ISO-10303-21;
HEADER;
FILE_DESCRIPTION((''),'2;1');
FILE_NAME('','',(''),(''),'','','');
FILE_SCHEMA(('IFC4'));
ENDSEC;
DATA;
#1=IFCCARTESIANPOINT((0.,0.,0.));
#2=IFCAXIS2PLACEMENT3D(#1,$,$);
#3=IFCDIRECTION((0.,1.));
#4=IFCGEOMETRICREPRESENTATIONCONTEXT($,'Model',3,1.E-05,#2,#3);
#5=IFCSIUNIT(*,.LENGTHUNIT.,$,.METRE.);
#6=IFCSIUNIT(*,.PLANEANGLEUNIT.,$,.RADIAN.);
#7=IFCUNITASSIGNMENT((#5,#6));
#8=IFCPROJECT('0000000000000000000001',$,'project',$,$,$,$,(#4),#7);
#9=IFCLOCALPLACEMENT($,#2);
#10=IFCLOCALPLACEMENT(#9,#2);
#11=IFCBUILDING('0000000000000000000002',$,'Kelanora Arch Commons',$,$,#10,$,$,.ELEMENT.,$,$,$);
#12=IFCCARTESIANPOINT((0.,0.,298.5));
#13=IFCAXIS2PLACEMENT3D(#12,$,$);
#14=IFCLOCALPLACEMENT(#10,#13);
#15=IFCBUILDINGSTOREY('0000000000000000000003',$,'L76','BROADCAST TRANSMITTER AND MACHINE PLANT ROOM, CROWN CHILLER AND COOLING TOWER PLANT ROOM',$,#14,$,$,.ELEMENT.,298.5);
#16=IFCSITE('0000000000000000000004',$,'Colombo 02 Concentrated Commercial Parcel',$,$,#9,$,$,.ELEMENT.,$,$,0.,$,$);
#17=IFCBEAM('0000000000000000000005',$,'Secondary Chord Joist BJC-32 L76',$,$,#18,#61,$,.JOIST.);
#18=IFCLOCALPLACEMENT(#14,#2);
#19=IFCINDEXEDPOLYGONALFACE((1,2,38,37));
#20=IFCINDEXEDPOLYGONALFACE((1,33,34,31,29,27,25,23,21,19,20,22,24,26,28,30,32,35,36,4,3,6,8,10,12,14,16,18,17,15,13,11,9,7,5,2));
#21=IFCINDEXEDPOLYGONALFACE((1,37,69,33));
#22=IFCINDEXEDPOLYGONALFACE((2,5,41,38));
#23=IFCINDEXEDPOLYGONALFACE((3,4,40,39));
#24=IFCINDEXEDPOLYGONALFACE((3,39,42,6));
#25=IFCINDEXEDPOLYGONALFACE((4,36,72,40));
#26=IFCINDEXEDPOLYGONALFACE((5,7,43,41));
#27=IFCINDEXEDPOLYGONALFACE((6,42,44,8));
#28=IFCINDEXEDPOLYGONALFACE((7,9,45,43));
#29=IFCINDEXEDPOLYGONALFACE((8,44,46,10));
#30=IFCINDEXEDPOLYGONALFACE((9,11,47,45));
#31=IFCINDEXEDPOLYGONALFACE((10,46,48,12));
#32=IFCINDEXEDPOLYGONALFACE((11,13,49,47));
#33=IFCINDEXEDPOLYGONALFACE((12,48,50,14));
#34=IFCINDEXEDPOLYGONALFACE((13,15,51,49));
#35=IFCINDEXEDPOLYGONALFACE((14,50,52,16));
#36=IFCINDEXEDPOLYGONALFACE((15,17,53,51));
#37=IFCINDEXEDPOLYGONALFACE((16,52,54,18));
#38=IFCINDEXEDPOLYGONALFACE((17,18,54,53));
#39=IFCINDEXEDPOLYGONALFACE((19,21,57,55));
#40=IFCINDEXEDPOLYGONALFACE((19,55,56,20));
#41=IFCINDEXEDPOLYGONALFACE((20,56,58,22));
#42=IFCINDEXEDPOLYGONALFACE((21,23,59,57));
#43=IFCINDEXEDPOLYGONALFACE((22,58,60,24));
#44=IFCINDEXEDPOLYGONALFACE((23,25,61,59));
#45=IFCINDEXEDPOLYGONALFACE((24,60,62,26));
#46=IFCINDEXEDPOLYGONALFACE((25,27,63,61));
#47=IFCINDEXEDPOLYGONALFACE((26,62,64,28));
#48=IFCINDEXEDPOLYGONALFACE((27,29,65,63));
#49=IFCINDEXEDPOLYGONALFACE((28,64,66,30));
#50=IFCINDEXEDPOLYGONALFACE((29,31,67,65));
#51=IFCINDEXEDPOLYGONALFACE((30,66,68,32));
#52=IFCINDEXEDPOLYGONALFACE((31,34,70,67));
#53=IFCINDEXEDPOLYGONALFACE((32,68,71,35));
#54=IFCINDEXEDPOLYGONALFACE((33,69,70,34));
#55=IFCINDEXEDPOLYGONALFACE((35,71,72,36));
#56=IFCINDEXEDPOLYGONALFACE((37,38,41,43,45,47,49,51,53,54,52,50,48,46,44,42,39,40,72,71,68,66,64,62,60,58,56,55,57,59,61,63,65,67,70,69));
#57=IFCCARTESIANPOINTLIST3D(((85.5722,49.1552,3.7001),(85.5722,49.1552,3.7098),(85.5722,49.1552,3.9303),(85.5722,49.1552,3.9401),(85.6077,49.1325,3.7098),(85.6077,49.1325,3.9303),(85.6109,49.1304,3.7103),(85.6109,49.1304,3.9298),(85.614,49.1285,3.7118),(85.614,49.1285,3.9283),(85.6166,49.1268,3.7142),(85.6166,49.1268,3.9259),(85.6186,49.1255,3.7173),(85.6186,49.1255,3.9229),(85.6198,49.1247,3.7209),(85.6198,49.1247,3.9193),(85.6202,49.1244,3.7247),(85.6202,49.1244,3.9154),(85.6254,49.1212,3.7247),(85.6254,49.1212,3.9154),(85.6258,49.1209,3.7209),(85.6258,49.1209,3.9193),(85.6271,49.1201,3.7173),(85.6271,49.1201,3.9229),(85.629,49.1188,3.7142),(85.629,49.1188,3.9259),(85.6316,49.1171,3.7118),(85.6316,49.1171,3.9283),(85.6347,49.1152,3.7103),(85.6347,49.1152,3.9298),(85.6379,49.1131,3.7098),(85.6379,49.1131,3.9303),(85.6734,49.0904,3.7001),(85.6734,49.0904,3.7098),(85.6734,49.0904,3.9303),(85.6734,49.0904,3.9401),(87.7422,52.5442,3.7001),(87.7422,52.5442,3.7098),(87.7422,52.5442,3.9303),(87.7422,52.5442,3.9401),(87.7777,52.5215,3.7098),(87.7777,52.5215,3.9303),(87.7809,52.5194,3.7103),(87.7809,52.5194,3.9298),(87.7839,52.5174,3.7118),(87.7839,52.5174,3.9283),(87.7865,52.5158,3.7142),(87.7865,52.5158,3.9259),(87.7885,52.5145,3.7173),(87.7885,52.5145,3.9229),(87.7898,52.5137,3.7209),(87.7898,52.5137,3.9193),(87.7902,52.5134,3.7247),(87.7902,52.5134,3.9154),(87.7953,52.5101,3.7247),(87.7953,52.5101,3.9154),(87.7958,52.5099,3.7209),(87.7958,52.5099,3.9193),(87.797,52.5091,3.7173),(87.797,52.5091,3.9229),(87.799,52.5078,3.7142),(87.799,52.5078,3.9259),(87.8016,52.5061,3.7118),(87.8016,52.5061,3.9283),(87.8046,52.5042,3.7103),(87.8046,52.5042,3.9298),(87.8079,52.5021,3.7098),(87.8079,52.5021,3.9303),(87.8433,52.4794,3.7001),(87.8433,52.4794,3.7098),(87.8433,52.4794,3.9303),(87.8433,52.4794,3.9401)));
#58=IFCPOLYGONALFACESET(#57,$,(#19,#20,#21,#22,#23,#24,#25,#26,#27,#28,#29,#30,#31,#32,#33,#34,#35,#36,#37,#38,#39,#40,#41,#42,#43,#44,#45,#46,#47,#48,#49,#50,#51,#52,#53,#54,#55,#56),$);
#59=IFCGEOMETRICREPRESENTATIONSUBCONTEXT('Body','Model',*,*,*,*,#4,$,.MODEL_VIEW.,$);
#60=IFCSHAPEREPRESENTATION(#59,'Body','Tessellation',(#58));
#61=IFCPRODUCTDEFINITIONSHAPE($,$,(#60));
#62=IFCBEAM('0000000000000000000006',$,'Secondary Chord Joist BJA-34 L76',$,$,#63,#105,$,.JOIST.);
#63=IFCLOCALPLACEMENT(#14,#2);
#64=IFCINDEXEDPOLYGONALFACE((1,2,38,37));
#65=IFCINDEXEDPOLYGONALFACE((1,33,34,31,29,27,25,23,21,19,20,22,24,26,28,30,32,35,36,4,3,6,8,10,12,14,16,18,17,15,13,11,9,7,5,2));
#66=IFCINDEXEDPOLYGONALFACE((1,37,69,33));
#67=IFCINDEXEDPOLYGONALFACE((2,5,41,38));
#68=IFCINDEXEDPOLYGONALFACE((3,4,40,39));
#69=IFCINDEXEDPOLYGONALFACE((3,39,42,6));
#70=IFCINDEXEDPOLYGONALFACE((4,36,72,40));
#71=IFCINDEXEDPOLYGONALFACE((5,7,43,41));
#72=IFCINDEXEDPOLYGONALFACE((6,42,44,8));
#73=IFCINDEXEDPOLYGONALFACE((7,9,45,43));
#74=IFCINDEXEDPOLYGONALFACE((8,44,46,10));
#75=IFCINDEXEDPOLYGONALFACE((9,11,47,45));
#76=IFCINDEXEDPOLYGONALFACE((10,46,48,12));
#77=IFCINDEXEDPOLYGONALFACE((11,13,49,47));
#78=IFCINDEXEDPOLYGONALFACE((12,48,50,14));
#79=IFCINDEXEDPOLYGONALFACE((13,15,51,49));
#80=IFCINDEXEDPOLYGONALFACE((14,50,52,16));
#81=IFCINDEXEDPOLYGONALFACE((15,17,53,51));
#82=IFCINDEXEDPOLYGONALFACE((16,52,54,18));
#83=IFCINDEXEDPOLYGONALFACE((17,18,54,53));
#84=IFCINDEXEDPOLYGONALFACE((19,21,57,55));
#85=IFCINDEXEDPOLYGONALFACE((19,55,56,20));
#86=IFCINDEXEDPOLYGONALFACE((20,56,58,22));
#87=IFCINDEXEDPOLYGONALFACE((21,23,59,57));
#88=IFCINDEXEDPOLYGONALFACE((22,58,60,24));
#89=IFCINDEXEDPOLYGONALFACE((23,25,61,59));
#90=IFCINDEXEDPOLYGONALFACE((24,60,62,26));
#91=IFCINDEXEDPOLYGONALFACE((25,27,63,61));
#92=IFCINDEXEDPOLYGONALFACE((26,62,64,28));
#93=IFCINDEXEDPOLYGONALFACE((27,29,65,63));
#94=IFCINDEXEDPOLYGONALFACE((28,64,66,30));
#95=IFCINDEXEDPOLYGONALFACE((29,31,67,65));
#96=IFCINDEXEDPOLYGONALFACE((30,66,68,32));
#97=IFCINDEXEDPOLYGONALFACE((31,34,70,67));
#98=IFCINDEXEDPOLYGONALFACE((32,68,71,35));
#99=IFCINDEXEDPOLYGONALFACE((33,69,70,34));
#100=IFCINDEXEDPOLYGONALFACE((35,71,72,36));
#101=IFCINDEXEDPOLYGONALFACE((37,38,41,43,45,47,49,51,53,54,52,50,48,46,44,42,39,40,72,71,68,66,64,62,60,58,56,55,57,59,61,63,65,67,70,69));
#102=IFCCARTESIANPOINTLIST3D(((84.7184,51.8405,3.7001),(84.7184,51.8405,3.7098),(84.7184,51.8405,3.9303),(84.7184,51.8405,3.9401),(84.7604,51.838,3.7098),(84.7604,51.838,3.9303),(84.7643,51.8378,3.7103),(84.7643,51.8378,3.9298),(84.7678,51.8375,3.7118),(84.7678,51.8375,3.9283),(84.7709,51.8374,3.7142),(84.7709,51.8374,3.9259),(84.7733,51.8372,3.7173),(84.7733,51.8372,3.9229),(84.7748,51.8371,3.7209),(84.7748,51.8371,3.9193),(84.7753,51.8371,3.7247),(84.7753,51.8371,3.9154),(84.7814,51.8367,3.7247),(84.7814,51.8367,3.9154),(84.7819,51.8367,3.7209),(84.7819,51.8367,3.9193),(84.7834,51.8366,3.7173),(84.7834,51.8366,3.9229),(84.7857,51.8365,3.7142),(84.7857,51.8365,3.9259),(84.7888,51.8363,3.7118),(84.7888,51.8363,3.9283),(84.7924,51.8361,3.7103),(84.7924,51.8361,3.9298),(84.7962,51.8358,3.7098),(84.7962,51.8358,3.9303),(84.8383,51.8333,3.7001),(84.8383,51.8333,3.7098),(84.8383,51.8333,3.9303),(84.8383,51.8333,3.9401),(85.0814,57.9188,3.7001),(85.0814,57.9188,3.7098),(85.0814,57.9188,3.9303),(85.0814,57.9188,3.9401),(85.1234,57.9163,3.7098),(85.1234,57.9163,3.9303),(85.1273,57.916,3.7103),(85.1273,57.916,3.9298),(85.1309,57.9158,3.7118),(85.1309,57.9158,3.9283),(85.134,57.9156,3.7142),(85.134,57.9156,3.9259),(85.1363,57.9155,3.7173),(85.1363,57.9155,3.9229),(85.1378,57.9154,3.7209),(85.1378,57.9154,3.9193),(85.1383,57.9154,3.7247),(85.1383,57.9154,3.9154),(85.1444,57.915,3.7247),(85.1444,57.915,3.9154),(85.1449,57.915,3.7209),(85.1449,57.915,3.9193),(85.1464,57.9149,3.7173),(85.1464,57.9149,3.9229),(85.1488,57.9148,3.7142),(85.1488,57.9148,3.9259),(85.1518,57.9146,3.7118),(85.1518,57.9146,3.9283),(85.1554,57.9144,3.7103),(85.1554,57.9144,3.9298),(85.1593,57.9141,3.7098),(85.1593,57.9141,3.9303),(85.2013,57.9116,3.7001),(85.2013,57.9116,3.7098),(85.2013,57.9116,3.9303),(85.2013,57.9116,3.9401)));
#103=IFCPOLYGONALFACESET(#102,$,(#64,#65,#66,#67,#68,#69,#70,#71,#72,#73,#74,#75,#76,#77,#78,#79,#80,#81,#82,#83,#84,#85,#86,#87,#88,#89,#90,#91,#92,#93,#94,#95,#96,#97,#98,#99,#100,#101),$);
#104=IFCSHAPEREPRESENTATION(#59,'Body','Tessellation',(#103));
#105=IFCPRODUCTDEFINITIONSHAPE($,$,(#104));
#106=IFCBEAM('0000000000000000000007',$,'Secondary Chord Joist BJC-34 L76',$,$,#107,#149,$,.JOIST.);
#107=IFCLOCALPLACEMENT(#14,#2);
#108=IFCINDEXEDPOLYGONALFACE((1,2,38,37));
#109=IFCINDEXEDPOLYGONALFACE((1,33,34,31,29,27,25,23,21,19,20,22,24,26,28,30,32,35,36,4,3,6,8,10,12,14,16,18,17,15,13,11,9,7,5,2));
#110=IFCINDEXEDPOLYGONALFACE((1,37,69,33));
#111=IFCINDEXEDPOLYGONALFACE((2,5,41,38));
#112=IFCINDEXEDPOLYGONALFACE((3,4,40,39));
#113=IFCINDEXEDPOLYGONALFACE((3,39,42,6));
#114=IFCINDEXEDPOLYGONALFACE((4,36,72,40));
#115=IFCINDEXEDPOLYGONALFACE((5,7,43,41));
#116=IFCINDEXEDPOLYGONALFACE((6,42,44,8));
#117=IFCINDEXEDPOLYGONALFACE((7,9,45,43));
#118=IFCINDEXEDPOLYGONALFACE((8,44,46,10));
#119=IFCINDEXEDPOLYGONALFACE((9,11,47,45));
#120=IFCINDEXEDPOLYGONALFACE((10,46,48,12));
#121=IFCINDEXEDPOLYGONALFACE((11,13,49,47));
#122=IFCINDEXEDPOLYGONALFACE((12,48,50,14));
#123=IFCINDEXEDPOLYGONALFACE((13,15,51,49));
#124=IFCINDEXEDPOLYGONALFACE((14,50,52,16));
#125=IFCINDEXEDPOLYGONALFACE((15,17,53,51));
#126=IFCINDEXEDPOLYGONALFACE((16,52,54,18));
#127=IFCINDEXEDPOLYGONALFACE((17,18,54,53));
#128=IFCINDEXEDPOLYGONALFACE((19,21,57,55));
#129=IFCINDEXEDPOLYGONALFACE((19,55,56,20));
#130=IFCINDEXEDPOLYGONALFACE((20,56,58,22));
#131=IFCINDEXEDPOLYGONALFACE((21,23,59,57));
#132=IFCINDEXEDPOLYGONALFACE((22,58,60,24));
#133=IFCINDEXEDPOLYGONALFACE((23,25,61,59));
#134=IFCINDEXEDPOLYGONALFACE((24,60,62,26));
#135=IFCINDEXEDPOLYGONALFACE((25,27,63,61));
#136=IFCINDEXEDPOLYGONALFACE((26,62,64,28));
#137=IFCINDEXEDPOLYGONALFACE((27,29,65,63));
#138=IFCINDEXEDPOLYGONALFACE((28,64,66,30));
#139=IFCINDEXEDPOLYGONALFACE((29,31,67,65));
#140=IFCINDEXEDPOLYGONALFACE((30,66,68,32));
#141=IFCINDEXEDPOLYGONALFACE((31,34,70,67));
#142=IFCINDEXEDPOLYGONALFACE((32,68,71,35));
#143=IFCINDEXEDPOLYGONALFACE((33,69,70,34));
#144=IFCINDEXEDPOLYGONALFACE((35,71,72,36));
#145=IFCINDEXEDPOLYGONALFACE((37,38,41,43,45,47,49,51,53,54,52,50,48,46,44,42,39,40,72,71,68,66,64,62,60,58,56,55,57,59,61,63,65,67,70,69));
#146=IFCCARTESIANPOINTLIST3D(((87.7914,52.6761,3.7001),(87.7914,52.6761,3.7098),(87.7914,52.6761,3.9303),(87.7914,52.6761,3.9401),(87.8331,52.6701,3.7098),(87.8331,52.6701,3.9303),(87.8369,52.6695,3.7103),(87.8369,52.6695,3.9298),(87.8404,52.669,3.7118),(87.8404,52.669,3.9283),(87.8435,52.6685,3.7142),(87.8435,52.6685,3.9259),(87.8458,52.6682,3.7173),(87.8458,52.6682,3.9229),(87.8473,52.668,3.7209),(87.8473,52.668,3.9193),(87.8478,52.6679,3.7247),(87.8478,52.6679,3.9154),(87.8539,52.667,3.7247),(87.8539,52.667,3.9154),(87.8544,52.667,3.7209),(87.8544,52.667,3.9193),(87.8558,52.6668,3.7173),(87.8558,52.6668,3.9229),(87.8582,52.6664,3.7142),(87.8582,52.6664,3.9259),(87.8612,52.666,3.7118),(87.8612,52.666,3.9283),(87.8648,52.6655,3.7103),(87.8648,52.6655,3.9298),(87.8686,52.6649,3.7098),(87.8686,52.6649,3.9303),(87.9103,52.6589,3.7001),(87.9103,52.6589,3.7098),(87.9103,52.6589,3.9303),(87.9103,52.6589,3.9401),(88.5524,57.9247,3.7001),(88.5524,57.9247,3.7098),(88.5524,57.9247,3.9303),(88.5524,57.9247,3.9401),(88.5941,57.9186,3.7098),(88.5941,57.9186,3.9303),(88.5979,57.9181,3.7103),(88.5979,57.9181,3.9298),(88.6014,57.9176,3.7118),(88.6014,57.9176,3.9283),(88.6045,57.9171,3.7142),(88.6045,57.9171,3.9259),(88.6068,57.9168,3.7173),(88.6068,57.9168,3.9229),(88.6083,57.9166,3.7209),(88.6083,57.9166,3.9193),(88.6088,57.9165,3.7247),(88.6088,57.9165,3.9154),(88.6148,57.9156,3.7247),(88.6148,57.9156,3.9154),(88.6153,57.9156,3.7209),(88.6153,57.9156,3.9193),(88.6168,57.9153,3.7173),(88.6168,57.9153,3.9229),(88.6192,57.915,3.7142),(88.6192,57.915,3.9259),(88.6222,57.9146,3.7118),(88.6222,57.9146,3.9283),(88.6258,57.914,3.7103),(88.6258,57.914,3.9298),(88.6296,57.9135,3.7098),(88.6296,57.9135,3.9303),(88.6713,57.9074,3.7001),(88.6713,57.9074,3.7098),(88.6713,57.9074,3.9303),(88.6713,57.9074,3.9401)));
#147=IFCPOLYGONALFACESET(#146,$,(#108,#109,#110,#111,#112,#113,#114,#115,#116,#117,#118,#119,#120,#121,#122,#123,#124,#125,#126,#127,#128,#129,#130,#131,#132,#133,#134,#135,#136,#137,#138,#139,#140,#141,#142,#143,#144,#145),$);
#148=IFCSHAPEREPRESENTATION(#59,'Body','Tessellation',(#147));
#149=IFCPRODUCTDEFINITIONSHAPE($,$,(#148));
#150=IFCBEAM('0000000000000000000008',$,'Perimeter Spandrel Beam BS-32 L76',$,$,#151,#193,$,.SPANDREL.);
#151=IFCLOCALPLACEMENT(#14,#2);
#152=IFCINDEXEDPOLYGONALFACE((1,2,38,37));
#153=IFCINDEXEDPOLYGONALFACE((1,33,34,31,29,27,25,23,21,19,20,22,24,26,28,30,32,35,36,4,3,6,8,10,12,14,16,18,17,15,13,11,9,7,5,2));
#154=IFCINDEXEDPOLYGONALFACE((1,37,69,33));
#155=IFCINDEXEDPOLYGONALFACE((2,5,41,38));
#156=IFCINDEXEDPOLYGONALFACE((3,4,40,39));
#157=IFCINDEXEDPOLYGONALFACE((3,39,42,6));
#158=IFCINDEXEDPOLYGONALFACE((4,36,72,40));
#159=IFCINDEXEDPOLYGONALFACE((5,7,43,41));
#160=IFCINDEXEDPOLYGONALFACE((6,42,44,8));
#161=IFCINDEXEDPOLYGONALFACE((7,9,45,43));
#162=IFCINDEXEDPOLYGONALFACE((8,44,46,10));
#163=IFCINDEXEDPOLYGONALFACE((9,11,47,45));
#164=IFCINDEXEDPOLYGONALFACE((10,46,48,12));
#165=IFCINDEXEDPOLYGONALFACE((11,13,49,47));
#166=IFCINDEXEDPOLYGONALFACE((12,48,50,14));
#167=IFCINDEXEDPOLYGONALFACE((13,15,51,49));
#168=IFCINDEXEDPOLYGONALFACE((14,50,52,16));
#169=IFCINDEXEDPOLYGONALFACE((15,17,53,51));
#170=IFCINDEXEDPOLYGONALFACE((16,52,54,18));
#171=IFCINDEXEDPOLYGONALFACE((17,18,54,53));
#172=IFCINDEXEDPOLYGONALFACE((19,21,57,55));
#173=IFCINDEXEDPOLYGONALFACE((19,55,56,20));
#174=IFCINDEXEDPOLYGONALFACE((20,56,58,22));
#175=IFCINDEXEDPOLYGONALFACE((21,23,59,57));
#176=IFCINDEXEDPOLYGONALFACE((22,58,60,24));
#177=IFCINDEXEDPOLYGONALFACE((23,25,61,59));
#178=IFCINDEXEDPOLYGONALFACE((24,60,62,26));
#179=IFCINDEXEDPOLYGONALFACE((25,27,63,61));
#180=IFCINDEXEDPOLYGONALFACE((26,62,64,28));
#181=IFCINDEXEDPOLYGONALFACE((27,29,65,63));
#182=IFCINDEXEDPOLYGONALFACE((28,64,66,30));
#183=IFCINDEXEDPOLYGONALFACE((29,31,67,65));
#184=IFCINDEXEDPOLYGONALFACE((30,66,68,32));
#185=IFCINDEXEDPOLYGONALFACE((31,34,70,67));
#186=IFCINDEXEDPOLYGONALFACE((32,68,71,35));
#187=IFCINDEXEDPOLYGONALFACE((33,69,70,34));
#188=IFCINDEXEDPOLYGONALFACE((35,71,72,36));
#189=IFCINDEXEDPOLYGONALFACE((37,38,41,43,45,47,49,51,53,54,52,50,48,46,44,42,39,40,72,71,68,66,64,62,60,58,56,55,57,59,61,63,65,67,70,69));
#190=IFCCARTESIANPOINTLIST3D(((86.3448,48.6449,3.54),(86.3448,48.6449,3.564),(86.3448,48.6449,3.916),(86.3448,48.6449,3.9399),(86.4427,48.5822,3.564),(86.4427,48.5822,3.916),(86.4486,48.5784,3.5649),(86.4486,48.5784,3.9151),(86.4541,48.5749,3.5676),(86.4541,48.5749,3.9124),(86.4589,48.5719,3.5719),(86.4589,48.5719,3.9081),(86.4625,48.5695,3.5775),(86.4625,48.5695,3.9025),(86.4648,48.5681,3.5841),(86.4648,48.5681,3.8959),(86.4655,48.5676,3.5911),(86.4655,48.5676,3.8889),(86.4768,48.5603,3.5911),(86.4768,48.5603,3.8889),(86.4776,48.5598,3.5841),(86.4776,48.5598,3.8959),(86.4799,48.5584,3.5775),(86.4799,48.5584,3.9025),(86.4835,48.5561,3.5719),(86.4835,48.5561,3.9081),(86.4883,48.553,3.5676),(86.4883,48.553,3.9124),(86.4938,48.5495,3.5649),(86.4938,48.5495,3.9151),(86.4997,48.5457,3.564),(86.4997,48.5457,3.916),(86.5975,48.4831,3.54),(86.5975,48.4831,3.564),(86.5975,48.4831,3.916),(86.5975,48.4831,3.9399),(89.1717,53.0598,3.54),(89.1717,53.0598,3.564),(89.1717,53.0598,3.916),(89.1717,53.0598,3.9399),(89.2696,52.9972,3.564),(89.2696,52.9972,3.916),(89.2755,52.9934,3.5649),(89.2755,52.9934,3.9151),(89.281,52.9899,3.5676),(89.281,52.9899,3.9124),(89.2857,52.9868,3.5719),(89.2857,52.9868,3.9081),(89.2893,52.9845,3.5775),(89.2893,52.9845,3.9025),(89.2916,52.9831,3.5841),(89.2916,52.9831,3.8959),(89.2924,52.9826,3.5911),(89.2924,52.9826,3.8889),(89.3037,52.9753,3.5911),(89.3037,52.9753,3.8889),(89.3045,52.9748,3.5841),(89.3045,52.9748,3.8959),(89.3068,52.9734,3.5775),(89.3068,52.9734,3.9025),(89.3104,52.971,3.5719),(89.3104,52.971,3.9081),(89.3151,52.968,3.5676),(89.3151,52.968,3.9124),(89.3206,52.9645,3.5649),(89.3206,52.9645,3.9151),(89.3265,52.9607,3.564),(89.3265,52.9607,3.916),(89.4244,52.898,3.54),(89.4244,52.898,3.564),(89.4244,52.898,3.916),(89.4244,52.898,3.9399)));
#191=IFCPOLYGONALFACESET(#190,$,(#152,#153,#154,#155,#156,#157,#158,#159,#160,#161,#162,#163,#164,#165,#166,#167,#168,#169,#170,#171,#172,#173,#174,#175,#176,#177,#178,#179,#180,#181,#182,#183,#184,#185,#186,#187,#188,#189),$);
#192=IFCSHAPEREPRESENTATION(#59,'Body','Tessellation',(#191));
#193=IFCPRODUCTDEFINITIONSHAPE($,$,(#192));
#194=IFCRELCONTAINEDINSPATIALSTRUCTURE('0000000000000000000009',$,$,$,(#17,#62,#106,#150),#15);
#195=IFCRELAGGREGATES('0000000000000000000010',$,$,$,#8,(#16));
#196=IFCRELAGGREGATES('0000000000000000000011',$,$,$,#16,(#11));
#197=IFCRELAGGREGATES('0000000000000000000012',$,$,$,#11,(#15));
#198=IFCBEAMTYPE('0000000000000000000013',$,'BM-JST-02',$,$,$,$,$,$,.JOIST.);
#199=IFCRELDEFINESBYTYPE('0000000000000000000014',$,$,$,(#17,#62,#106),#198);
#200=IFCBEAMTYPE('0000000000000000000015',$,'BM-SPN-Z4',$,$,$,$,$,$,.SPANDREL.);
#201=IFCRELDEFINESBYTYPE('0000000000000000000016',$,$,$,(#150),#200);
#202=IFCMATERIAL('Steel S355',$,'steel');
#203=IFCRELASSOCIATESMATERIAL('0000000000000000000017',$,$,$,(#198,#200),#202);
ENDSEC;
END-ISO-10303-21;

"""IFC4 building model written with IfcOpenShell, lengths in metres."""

from ifc_helpers import new_model, si_unit, direction, frame, origin, origin_2d, place, context, subcontext, project, spatial, i_section, extrude, material, material_profile, profile_set, type_object, element, save


model = new_model("IFC4")

# Units and contexts
model_context = context("Model", 3, precision=1e-05, world=origin(), true_north=direction((0.0, 1.0)))
body_context = subcontext(model_context, "Body", "Model", "MODEL_VIEW")
ifc_project = project(units=[si_unit("LENGTHUNIT", "METRE"), si_unit("PLANEANGLEUNIT", "RADIAN")], contexts=[model_context])

# Site, building, storey
site_placement = place(None, origin())
site = spatial("IfcSite", under=ifc_project, at=site_placement, Name="Colombo 02 Concentrated Commercial Parcel", CompositionType="ELEMENT", RefElevation=0.0)
building_placement = place(site_placement, origin())
building = spatial("IfcBuilding", under=site, at=building_placement, Name="Kelanora Arch Commons", CompositionType="ELEMENT")
storey_placement = place(building_placement, frame((0.0, 0.0, 298.5)))
storey = spatial("IfcBuildingStorey", under=building, at=storey_placement, Name="L76", Description="BROADCAST TRANSMITTER AND MACHINE PLANT ROOM, CROWN CHILLER AND COOLING TOWER PLANT ROOM", CompositionType="ELEMENT", Elevation=298.5)

# Beams
ifc_material_1 = material(Name="Steel S355", Category="steel")
ifc_material_profile_1 = material_profile(ifc_material_1, i_section(OverallWidth=0.1201, OverallDepth=0.24, WebThickness=0.0061, FlangeThickness=0.0098, FilletRadius=0.0149, at=origin_2d()), Name="IPE240")
ifc_profile_set_1 = profile_set([ifc_material_profile_1], Name="Steel S355")
beam_type_1 = type_object("IfcBeamType", Name="BM-JST-02", PredefinedType="JOIST", material=ifc_profile_set_1)
beam_1_placement = place(storey_placement, frame((85.6228, 49.1228, 3.8201), z_axis=(0.539233, 0.842157, 0.0), x_axis=(-0.842157, 0.539233, 0.0)))
element("IfcBeam", 1, at=beam_1_placement, inside=storey, type_object=beam_type_1, Name="Secondary Chord Joist BJC-32 L76", PredefinedType="JOIST", context=body_context, shape_type="SweptSolid", body=[
    extrude(i_section(OverallWidth=0.1201, OverallDepth=0.24, WebThickness=0.0061, FlangeThickness=0.0098, FilletRadius=0.0149, at=origin_2d()), origin(), (0.0, 0.0, 1.0), 4.0242),
])
beam_2_placement = place(storey_placement, frame((84.7783, 51.8369, 3.8201), z_axis=(0.05962, 0.998221, 0.0), x_axis=(-0.998221, 0.05962, 0.0)))
element("IfcBeam", 2, at=beam_2_placement, inside=storey, type_object=beam_type_1, Name="Secondary Chord Joist BJA-34 L76", PredefinedType="JOIST", context=body_context, shape_type="SweptSolid", body=[
    extrude(i_section(OverallWidth=0.1201, OverallDepth=0.24, WebThickness=0.0061, FlangeThickness=0.0098, FilletRadius=0.0149, at=origin_2d()), origin(), (0.0, 0.0, 1.0), 6.0891),
])
beam_3_placement = place(storey_placement, frame((87.8508, 52.6675, 3.8201), z_axis=(0.14349, 0.989652, 0.0), x_axis=(-0.989652, 0.14349, 0.0)))
element("IfcBeam", 3, at=beam_3_placement, inside=storey, type_object=beam_type_1, Name="Secondary Chord Joist BJC-34 L76", PredefinedType="JOIST", context=body_context, shape_type="SweptSolid", body=[
    extrude(i_section(OverallWidth=0.1201, OverallDepth=0.24, WebThickness=0.0061, FlangeThickness=0.0098, FilletRadius=0.0149, at=origin_2d()), origin(), (0.0, 0.0, 1.0), 5.3035),
])
ifc_material_profile_2 = material_profile(ifc_material_1, i_section(OverallWidth=0.3, OverallDepth=0.3999, WebThickness=0.0134, FlangeThickness=0.0239, FilletRadius=0.0271, at=origin_2d()), Name="HEB400")
ifc_profile_set_2 = profile_set([ifc_material_profile_2], Name="Steel S355")
beam_type_2 = type_object("IfcBeamType", Name="BM-SPN-Z4", PredefinedType="SPANDREL", material=ifc_profile_set_2)
beam_4_placement = place(storey_placement, frame((86.4712, 48.564, 3.74), z_axis=(0.539227, 0.842161, 0.0), x_axis=(-0.842161, 0.539227, 0.0)))
element("IfcBeam", 4, at=beam_4_placement, inside=storey, type_object=beam_type_2, Name="Perimeter Spandrel Beam BS-32 L76", PredefinedType="SPANDREL", context=body_context, shape_type="SweptSolid", body=[
    extrude(i_section(OverallWidth=0.3, OverallDepth=0.3999, WebThickness=0.0134, FlangeThickness=0.0239, FilletRadius=0.0271, at=origin_2d()), origin(), (0.0, 0.0, 1.0), 5.2424),
])

save(model, "model.ifc")
